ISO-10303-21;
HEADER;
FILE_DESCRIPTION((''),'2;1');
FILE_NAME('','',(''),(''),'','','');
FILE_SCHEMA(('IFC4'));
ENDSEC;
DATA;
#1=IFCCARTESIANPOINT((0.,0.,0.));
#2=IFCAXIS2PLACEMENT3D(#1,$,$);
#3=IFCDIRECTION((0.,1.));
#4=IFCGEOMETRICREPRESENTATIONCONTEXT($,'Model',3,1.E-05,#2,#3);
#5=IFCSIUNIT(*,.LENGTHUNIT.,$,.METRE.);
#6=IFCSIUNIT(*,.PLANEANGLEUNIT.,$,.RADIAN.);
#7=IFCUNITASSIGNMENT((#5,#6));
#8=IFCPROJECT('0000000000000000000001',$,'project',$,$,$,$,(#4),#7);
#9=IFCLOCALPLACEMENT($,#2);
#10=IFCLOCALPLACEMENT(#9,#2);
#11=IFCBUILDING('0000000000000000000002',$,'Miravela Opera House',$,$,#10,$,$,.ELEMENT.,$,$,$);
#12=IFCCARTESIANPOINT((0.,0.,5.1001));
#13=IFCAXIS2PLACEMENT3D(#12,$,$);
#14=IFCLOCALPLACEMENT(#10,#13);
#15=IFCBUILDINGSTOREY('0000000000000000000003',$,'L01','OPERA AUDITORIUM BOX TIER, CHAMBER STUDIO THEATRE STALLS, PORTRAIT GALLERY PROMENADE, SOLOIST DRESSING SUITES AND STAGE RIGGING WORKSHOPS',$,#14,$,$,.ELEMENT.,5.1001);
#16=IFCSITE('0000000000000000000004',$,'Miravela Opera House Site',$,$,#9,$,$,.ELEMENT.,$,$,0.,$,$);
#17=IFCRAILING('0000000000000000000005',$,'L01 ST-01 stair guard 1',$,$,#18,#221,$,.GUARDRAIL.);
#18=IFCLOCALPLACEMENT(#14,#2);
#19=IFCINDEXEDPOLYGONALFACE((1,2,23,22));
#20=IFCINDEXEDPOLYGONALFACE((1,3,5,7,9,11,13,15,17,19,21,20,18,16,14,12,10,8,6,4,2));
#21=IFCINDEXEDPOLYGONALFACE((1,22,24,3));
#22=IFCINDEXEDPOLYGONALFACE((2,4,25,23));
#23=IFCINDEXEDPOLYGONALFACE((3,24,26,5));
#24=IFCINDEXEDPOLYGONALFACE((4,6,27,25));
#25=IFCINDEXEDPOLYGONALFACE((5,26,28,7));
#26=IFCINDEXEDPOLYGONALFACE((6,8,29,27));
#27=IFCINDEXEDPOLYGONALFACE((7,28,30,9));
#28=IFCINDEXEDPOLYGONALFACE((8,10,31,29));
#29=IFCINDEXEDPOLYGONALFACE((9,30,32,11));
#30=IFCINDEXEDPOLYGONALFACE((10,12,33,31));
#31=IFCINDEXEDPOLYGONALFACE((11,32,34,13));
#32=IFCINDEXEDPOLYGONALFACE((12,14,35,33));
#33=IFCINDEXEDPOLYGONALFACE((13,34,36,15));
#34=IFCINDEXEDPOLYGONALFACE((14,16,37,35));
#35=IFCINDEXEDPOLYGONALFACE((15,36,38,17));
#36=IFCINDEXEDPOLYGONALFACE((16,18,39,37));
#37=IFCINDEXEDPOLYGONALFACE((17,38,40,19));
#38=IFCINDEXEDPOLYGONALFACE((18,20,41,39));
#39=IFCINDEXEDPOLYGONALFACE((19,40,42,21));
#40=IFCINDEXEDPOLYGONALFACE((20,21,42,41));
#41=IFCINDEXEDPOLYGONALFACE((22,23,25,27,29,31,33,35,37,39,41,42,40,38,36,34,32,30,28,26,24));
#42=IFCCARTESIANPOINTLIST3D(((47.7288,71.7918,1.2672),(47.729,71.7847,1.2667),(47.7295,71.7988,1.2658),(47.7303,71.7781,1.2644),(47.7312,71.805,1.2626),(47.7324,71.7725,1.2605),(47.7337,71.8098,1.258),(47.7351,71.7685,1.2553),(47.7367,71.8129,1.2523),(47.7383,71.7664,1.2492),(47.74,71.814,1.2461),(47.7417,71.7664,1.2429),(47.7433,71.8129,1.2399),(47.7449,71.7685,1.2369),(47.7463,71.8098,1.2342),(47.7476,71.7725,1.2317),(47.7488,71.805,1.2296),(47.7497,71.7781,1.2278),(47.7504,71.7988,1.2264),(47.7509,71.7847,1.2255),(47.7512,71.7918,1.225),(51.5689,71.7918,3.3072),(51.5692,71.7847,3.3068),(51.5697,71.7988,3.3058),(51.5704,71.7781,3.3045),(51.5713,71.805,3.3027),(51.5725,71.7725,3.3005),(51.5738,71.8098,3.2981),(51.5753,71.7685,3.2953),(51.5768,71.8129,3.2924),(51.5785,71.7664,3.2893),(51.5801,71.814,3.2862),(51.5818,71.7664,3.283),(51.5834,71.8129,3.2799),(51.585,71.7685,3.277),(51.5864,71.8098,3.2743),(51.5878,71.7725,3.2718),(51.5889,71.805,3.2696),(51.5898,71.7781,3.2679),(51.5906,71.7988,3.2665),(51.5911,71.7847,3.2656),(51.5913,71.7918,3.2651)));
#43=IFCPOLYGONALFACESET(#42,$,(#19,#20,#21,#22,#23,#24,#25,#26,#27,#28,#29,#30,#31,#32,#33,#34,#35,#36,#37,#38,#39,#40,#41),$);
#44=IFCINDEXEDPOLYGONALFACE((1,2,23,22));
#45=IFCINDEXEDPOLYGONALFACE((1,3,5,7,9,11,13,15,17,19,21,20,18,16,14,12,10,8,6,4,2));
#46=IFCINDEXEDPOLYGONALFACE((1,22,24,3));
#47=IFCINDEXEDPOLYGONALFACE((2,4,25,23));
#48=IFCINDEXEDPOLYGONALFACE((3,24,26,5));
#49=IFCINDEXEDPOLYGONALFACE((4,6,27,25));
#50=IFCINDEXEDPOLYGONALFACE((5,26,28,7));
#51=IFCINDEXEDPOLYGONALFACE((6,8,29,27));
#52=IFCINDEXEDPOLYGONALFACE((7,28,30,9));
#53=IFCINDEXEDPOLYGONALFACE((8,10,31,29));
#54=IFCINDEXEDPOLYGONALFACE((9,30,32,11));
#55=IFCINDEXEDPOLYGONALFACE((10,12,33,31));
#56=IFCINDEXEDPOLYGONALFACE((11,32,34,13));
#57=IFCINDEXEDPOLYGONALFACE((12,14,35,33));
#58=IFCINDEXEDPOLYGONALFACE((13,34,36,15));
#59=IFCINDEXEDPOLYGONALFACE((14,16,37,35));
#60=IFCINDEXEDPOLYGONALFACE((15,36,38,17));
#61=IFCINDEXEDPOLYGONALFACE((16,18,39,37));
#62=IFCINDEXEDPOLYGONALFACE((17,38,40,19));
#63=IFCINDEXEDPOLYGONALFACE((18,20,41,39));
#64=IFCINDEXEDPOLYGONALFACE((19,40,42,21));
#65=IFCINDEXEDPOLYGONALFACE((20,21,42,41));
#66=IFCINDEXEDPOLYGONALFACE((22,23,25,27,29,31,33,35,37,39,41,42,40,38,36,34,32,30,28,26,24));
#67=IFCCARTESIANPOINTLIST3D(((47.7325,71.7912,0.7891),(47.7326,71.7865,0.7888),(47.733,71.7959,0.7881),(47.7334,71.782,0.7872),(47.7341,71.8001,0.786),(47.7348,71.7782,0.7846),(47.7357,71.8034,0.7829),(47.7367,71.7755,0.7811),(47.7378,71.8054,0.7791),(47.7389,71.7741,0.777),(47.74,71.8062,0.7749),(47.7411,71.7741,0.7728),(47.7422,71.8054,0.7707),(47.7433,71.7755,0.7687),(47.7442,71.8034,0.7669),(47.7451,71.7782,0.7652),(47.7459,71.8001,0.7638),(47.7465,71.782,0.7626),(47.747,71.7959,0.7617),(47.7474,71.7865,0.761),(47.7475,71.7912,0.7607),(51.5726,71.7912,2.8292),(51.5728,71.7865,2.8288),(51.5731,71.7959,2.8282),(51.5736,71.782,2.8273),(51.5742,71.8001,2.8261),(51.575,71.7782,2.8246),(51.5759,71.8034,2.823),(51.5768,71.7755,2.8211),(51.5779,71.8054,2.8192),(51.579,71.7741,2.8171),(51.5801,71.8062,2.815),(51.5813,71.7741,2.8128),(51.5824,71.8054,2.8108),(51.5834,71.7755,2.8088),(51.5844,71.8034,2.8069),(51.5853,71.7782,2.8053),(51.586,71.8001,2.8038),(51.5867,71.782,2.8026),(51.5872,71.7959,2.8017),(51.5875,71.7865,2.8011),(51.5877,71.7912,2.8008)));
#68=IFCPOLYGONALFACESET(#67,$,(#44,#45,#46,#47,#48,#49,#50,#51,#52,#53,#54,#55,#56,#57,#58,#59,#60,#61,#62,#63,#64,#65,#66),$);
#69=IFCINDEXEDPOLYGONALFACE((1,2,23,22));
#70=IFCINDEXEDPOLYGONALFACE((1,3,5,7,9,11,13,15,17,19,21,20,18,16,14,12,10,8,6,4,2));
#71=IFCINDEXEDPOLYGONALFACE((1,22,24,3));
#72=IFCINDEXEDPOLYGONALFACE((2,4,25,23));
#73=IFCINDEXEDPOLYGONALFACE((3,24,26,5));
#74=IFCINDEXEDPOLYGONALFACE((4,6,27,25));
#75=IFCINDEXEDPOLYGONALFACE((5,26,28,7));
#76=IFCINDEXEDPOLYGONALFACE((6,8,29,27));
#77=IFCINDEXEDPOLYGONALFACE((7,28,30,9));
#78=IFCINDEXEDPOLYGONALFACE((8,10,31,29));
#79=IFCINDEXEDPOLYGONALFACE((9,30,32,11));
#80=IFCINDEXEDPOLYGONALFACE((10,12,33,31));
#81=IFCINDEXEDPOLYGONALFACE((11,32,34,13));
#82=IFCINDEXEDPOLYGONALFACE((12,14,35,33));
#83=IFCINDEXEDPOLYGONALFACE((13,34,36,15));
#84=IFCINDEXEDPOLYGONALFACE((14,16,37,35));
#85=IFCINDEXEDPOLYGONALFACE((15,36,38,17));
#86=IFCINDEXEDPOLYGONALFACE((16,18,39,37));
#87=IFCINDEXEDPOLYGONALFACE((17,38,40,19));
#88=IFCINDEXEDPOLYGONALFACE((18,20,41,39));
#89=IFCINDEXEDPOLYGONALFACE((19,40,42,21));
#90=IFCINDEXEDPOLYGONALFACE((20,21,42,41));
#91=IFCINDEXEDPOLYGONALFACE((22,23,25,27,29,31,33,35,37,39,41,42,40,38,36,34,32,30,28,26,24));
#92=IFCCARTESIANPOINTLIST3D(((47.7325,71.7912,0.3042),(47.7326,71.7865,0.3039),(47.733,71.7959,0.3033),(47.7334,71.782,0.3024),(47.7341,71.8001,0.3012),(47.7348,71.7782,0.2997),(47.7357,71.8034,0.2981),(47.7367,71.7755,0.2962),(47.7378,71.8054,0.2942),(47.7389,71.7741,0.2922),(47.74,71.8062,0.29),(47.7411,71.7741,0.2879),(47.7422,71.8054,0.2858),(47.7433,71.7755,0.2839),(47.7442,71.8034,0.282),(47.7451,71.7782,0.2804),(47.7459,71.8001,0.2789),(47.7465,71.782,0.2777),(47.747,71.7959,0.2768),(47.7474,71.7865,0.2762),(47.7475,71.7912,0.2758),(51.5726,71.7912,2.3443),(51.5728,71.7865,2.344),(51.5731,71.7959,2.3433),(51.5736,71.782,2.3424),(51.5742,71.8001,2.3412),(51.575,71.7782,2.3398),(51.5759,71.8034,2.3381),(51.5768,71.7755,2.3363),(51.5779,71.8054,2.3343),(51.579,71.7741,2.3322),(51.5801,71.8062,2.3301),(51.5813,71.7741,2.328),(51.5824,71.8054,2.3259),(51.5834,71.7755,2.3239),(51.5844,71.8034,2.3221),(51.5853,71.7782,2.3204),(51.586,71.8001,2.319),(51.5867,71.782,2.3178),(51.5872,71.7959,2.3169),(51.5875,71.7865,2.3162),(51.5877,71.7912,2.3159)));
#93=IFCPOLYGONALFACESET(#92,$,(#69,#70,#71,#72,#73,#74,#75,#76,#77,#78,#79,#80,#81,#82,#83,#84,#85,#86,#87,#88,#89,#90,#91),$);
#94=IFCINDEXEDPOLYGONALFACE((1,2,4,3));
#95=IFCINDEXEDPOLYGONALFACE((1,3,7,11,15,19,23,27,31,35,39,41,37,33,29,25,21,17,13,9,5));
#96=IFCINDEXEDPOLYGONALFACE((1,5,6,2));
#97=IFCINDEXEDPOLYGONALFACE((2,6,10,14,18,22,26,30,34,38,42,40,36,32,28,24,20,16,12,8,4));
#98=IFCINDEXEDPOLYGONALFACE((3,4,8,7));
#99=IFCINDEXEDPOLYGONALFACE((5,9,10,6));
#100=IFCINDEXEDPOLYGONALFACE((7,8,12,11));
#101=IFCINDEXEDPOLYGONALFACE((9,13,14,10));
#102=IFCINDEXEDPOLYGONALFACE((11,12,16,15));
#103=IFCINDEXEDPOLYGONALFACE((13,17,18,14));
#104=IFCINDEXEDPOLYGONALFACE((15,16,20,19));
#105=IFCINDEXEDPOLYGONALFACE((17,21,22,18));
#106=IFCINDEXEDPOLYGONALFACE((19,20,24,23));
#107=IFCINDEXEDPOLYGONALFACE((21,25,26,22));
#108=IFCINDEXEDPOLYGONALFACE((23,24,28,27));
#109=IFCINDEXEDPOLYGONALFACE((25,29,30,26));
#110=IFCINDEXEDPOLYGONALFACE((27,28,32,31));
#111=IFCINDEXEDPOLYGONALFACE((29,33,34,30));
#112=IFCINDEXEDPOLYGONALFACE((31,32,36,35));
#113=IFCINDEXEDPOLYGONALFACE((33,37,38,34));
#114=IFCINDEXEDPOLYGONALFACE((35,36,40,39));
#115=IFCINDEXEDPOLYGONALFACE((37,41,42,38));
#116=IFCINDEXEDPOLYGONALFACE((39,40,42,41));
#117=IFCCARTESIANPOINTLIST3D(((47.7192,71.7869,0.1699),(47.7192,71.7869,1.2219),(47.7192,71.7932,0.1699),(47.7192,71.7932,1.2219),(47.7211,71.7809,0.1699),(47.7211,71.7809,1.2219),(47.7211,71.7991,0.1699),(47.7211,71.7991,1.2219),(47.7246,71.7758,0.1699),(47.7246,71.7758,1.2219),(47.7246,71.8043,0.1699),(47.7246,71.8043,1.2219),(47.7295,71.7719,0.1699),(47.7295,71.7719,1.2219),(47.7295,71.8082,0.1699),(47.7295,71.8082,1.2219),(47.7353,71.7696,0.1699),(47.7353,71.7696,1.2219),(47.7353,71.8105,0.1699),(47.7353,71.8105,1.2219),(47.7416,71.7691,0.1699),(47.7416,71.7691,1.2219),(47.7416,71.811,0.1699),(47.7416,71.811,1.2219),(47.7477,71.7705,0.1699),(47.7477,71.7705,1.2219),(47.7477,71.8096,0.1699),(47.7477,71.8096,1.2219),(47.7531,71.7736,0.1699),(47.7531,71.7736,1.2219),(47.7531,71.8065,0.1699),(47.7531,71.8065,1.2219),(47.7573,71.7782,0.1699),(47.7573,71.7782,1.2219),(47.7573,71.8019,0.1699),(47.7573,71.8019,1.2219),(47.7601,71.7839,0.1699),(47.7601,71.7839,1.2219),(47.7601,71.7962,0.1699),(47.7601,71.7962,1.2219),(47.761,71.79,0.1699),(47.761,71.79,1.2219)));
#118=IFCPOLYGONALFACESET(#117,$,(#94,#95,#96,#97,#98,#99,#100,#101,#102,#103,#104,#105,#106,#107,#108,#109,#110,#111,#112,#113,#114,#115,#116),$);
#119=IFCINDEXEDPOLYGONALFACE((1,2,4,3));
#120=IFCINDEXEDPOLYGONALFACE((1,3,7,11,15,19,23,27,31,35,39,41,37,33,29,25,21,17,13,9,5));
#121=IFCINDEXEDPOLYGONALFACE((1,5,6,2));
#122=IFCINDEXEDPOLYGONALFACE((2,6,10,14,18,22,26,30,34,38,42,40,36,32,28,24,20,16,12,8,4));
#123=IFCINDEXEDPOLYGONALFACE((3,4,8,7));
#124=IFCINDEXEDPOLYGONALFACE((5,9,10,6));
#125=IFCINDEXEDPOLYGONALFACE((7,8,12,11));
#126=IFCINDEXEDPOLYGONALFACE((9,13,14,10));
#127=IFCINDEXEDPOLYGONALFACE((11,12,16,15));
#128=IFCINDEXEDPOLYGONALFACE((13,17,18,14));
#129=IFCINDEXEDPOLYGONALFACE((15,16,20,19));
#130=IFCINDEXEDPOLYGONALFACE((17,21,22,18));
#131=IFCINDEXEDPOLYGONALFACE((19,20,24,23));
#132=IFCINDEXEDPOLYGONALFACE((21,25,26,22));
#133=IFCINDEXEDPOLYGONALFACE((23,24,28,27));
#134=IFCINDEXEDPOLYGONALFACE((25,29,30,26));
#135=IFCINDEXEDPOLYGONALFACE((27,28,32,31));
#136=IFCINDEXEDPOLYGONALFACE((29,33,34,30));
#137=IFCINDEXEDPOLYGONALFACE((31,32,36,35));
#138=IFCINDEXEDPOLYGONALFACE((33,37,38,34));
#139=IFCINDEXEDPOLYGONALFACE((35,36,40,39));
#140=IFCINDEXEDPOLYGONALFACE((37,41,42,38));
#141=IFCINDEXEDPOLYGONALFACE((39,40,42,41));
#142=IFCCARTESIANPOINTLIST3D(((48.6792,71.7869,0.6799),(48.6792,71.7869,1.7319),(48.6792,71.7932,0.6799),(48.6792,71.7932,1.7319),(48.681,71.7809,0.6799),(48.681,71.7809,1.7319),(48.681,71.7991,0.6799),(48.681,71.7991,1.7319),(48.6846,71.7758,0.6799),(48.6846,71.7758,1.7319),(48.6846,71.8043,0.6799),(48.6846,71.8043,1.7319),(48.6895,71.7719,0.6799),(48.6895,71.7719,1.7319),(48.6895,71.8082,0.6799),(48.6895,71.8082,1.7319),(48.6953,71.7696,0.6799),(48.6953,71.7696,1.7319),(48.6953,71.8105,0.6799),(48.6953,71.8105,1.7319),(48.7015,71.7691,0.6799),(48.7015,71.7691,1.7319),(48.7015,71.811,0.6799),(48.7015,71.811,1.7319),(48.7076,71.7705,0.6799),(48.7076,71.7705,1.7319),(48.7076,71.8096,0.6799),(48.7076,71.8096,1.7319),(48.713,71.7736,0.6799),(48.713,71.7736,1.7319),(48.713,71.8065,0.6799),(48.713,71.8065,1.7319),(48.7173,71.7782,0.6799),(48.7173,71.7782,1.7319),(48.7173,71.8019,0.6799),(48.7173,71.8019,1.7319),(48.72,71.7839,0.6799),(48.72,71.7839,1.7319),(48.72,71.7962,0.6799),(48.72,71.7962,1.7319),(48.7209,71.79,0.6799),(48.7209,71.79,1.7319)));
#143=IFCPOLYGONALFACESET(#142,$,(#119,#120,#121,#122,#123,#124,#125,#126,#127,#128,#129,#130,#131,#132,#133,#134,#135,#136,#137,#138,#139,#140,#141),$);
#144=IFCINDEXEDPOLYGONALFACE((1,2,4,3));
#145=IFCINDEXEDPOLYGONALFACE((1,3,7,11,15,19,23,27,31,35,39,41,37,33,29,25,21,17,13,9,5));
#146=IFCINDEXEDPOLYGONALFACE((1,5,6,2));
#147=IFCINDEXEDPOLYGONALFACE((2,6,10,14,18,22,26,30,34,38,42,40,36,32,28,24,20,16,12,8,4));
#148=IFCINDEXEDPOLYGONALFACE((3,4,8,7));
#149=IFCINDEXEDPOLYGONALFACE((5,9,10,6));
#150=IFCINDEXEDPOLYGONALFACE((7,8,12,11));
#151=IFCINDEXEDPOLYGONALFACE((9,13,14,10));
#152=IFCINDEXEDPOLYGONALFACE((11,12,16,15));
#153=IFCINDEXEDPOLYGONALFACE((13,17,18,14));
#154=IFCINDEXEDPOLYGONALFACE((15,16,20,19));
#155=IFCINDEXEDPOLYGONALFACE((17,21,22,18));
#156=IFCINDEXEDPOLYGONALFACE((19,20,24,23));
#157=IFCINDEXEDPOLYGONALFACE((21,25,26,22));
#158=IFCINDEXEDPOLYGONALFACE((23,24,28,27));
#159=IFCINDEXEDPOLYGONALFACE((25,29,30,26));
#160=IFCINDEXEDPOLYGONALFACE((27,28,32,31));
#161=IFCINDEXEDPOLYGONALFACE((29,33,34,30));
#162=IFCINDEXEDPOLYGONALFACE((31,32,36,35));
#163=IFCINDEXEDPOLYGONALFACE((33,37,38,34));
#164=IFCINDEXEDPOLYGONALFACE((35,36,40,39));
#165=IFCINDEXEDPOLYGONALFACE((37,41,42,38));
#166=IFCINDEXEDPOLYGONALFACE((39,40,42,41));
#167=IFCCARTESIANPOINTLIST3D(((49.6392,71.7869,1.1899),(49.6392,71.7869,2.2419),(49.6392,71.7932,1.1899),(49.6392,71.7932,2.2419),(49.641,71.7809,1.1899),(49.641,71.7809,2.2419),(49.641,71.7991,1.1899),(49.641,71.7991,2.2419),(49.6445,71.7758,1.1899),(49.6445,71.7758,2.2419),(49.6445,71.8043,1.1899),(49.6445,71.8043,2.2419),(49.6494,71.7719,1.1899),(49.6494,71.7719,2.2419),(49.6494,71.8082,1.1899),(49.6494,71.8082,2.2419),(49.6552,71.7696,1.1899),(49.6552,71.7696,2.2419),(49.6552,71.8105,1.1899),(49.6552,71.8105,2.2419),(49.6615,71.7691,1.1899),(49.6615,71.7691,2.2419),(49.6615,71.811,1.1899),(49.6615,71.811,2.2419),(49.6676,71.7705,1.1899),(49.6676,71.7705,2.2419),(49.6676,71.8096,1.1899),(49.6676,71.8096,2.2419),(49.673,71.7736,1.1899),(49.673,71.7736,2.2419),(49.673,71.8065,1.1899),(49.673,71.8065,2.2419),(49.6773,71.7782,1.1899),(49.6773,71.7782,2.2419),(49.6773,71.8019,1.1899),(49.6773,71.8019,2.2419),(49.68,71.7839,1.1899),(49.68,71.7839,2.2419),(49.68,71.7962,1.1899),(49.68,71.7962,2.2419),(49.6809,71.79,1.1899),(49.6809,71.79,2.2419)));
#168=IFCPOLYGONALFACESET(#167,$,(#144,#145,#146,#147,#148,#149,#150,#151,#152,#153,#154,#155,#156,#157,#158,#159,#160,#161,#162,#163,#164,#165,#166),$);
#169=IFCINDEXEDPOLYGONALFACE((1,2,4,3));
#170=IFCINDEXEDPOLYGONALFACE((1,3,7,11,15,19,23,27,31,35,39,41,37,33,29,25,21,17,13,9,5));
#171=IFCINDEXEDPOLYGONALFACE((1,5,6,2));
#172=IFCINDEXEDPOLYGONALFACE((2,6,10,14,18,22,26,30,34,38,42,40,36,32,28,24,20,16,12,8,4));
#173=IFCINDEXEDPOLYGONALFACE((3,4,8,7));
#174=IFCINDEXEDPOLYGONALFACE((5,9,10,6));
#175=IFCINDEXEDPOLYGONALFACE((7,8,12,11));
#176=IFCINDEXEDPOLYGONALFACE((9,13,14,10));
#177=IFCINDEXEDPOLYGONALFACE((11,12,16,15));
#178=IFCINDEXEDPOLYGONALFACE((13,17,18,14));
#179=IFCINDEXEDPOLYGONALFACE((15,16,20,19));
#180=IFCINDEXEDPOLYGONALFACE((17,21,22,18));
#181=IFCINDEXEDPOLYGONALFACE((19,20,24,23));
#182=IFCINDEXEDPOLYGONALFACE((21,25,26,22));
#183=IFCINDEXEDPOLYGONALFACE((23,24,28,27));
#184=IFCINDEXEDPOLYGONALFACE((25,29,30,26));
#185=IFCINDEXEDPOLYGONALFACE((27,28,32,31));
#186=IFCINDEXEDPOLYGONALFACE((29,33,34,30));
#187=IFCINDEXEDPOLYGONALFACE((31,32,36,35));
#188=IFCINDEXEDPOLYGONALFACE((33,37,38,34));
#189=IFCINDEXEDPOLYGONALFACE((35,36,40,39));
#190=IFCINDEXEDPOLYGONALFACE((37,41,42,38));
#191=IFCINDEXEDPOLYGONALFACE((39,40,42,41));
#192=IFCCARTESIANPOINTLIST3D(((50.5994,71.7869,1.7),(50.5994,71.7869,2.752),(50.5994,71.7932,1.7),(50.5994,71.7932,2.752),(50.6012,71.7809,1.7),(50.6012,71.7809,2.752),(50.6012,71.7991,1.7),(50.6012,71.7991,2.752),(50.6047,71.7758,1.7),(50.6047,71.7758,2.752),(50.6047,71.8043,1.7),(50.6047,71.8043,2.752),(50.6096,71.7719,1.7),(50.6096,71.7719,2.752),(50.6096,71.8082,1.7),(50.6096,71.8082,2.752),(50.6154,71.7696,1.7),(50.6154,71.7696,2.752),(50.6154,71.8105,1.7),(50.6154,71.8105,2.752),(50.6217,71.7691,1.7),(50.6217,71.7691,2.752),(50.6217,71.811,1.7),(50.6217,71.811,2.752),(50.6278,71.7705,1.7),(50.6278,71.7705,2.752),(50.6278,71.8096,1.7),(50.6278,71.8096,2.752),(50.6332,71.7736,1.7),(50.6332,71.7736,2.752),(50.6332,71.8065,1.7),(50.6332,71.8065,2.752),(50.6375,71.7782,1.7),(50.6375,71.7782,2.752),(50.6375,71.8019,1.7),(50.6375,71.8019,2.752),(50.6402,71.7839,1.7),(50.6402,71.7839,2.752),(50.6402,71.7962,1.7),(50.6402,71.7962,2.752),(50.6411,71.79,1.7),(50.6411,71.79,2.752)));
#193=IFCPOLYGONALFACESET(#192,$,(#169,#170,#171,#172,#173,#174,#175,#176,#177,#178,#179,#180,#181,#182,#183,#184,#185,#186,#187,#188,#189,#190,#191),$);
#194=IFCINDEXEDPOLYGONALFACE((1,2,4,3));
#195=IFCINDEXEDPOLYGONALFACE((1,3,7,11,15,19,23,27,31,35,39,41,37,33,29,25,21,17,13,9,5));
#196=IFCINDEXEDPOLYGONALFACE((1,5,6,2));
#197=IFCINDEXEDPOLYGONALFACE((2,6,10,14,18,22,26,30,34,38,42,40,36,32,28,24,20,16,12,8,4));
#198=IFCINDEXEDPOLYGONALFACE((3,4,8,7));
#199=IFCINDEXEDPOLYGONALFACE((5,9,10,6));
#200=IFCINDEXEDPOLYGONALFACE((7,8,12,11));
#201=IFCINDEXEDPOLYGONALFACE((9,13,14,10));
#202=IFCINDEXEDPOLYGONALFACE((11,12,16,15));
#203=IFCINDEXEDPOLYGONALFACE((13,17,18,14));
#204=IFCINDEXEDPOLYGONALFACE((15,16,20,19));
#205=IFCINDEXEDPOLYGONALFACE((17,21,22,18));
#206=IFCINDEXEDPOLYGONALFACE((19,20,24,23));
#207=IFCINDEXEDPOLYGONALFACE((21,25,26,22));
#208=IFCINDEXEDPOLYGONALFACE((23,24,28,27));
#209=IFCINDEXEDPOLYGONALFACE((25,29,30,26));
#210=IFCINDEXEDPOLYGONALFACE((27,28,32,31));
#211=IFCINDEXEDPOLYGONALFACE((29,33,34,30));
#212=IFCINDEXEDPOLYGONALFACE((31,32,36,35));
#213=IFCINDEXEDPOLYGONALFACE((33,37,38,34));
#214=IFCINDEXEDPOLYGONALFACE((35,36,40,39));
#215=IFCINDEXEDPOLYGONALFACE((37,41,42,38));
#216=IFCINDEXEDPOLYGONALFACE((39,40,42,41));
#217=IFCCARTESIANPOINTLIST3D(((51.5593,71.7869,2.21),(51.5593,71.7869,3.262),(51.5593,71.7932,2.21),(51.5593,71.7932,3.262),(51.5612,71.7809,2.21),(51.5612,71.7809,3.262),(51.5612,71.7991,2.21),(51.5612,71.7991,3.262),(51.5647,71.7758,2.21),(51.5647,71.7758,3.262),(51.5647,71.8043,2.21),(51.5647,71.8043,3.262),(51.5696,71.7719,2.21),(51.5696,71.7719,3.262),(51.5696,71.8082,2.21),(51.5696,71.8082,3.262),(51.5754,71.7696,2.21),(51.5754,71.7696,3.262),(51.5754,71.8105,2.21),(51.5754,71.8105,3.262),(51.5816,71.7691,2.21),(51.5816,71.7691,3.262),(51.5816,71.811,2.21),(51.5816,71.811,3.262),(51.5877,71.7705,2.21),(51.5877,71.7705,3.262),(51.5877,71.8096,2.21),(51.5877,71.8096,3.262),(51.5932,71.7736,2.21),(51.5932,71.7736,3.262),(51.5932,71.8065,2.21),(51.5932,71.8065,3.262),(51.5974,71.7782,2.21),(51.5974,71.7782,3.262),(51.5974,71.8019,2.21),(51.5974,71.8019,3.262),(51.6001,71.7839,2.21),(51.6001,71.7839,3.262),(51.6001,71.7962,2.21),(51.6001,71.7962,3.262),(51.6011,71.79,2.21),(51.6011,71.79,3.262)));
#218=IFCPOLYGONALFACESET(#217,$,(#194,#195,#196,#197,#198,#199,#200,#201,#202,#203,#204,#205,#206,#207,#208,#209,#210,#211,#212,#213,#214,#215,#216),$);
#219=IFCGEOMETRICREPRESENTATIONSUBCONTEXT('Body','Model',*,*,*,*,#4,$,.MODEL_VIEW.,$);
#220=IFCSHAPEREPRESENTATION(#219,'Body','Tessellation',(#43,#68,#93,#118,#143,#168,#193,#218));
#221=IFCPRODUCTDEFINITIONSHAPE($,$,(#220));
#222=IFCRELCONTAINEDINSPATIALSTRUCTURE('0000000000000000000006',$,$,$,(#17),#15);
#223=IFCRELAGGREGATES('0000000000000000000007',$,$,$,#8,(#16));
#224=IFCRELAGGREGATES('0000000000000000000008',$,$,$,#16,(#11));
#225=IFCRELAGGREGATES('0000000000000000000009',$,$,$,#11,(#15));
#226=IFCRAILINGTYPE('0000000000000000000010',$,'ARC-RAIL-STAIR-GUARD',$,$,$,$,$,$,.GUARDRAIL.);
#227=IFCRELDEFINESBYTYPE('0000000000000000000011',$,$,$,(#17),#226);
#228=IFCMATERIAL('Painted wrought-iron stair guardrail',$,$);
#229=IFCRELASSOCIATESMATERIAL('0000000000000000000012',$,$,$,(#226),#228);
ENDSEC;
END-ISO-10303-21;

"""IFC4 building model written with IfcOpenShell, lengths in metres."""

from ifc_helpers import new_model, si_unit, direction, frame, origin, origin_2d, place, context, subcontext, project, spatial, circle, extrude, material, type_object, element, save


model = new_model("IFC4")

# Units and contexts
model_context = context("Model", 3, precision=1e-05, world=origin(), true_north=direction((0.0, 1.0)))
body_context = subcontext(model_context, "Body", "Model", "MODEL_VIEW")
ifc_project = project(units=[si_unit("LENGTHUNIT", "METRE"), si_unit("PLANEANGLEUNIT", "RADIAN")], contexts=[model_context])

# Site, building, storey
site_placement = place(None, origin())
site = spatial("IfcSite", under=ifc_project, at=site_placement, Name="Miravela Opera House Site", CompositionType="ELEMENT", RefElevation=0.0)
building_placement = place(site_placement, origin())
building = spatial("IfcBuilding", under=site, at=building_placement, Name="Miravela Opera House", CompositionType="ELEMENT")
storey_placement = place(building_placement, frame((0.0, 0.0, 5.1001)))
storey = spatial("IfcBuildingStorey", under=building, at=storey_placement, Name="L01", Description="OPERA AUDITORIUM BOX TIER, CHAMBER STUDIO THEATRE STALLS, PORTRAIT GALLERY PROMENADE, SOLOIST DRESSING SUITES AND STAGE RIGGING WORKSHOPS", CompositionType="ELEMENT", Elevation=5.1001)

# Railing
ifc_material_1 = material(Name="Painted wrought-iron stair guardrail")
railing_type_1 = type_object("IfcRailingType", Name="ARC-RAIL-STAIR-GUARD", PredefinedType="GUARDRAIL", material=ifc_material_1)
railing_1_placement = place(storey_placement, frame((47.74, 71.79, 0.1699)))
element("IfcRailing", 1, at=railing_1_placement, inside=storey, type_object=railing_type_1, Name="L01 ST-01 stair guard 1", PredefinedType="GUARDRAIL", context=body_context, shape_type="SweptSolid", body=[
    extrude(circle(Radius=0.0239, at=origin_2d()), frame((0.0, 0.0, 1.0762), z_axis=(0.883116, 0.0, 0.469154), x_axis=(0.0, 1.0, 0.0)), (0.0, 0.0, 1.0), 4.3484),
    extrude(circle(Radius=0.0161, at=origin_2d()), frame((0.0, 0.0, 0.605), z_axis=(0.883116, 0.0, 0.469154), x_axis=(0.0, 1.0, 0.0)), (0.0, 0.0, 1.0), 4.3484),
    extrude(circle(Radius=0.0161, at=origin_2d()), frame((0.0, 0.0, 0.1201), z_axis=(0.883116, 0.0, 0.469154), x_axis=(0.0, 1.0, 0.0)), (0.0, 0.0, 1.0), 4.3484),
    extrude(circle(Radius=0.021, at=origin_2d()), origin(), (0.0, 0.0, 1.0), 1.052),
    extrude(circle(Radius=0.021, at=origin_2d()), frame((0.96, 0.0, 0.51)), (0.0, 0.0, 1.0), 1.052),
    extrude(circle(Radius=0.021, at=origin_2d()), frame((1.9199, 0.0, 1.02)), (0.0, 0.0, 1.0), 1.052),
    extrude(circle(Radius=0.021, at=origin_2d()), frame((2.8801, 0.0, 1.53)), (0.0, 0.0, 1.0), 1.052),
    extrude(circle(Radius=0.021, at=origin_2d()), frame((3.8401, 0.0, 2.04)), (0.0, 0.0, 1.0), 1.052),
])

save(model, "model.ifc")
